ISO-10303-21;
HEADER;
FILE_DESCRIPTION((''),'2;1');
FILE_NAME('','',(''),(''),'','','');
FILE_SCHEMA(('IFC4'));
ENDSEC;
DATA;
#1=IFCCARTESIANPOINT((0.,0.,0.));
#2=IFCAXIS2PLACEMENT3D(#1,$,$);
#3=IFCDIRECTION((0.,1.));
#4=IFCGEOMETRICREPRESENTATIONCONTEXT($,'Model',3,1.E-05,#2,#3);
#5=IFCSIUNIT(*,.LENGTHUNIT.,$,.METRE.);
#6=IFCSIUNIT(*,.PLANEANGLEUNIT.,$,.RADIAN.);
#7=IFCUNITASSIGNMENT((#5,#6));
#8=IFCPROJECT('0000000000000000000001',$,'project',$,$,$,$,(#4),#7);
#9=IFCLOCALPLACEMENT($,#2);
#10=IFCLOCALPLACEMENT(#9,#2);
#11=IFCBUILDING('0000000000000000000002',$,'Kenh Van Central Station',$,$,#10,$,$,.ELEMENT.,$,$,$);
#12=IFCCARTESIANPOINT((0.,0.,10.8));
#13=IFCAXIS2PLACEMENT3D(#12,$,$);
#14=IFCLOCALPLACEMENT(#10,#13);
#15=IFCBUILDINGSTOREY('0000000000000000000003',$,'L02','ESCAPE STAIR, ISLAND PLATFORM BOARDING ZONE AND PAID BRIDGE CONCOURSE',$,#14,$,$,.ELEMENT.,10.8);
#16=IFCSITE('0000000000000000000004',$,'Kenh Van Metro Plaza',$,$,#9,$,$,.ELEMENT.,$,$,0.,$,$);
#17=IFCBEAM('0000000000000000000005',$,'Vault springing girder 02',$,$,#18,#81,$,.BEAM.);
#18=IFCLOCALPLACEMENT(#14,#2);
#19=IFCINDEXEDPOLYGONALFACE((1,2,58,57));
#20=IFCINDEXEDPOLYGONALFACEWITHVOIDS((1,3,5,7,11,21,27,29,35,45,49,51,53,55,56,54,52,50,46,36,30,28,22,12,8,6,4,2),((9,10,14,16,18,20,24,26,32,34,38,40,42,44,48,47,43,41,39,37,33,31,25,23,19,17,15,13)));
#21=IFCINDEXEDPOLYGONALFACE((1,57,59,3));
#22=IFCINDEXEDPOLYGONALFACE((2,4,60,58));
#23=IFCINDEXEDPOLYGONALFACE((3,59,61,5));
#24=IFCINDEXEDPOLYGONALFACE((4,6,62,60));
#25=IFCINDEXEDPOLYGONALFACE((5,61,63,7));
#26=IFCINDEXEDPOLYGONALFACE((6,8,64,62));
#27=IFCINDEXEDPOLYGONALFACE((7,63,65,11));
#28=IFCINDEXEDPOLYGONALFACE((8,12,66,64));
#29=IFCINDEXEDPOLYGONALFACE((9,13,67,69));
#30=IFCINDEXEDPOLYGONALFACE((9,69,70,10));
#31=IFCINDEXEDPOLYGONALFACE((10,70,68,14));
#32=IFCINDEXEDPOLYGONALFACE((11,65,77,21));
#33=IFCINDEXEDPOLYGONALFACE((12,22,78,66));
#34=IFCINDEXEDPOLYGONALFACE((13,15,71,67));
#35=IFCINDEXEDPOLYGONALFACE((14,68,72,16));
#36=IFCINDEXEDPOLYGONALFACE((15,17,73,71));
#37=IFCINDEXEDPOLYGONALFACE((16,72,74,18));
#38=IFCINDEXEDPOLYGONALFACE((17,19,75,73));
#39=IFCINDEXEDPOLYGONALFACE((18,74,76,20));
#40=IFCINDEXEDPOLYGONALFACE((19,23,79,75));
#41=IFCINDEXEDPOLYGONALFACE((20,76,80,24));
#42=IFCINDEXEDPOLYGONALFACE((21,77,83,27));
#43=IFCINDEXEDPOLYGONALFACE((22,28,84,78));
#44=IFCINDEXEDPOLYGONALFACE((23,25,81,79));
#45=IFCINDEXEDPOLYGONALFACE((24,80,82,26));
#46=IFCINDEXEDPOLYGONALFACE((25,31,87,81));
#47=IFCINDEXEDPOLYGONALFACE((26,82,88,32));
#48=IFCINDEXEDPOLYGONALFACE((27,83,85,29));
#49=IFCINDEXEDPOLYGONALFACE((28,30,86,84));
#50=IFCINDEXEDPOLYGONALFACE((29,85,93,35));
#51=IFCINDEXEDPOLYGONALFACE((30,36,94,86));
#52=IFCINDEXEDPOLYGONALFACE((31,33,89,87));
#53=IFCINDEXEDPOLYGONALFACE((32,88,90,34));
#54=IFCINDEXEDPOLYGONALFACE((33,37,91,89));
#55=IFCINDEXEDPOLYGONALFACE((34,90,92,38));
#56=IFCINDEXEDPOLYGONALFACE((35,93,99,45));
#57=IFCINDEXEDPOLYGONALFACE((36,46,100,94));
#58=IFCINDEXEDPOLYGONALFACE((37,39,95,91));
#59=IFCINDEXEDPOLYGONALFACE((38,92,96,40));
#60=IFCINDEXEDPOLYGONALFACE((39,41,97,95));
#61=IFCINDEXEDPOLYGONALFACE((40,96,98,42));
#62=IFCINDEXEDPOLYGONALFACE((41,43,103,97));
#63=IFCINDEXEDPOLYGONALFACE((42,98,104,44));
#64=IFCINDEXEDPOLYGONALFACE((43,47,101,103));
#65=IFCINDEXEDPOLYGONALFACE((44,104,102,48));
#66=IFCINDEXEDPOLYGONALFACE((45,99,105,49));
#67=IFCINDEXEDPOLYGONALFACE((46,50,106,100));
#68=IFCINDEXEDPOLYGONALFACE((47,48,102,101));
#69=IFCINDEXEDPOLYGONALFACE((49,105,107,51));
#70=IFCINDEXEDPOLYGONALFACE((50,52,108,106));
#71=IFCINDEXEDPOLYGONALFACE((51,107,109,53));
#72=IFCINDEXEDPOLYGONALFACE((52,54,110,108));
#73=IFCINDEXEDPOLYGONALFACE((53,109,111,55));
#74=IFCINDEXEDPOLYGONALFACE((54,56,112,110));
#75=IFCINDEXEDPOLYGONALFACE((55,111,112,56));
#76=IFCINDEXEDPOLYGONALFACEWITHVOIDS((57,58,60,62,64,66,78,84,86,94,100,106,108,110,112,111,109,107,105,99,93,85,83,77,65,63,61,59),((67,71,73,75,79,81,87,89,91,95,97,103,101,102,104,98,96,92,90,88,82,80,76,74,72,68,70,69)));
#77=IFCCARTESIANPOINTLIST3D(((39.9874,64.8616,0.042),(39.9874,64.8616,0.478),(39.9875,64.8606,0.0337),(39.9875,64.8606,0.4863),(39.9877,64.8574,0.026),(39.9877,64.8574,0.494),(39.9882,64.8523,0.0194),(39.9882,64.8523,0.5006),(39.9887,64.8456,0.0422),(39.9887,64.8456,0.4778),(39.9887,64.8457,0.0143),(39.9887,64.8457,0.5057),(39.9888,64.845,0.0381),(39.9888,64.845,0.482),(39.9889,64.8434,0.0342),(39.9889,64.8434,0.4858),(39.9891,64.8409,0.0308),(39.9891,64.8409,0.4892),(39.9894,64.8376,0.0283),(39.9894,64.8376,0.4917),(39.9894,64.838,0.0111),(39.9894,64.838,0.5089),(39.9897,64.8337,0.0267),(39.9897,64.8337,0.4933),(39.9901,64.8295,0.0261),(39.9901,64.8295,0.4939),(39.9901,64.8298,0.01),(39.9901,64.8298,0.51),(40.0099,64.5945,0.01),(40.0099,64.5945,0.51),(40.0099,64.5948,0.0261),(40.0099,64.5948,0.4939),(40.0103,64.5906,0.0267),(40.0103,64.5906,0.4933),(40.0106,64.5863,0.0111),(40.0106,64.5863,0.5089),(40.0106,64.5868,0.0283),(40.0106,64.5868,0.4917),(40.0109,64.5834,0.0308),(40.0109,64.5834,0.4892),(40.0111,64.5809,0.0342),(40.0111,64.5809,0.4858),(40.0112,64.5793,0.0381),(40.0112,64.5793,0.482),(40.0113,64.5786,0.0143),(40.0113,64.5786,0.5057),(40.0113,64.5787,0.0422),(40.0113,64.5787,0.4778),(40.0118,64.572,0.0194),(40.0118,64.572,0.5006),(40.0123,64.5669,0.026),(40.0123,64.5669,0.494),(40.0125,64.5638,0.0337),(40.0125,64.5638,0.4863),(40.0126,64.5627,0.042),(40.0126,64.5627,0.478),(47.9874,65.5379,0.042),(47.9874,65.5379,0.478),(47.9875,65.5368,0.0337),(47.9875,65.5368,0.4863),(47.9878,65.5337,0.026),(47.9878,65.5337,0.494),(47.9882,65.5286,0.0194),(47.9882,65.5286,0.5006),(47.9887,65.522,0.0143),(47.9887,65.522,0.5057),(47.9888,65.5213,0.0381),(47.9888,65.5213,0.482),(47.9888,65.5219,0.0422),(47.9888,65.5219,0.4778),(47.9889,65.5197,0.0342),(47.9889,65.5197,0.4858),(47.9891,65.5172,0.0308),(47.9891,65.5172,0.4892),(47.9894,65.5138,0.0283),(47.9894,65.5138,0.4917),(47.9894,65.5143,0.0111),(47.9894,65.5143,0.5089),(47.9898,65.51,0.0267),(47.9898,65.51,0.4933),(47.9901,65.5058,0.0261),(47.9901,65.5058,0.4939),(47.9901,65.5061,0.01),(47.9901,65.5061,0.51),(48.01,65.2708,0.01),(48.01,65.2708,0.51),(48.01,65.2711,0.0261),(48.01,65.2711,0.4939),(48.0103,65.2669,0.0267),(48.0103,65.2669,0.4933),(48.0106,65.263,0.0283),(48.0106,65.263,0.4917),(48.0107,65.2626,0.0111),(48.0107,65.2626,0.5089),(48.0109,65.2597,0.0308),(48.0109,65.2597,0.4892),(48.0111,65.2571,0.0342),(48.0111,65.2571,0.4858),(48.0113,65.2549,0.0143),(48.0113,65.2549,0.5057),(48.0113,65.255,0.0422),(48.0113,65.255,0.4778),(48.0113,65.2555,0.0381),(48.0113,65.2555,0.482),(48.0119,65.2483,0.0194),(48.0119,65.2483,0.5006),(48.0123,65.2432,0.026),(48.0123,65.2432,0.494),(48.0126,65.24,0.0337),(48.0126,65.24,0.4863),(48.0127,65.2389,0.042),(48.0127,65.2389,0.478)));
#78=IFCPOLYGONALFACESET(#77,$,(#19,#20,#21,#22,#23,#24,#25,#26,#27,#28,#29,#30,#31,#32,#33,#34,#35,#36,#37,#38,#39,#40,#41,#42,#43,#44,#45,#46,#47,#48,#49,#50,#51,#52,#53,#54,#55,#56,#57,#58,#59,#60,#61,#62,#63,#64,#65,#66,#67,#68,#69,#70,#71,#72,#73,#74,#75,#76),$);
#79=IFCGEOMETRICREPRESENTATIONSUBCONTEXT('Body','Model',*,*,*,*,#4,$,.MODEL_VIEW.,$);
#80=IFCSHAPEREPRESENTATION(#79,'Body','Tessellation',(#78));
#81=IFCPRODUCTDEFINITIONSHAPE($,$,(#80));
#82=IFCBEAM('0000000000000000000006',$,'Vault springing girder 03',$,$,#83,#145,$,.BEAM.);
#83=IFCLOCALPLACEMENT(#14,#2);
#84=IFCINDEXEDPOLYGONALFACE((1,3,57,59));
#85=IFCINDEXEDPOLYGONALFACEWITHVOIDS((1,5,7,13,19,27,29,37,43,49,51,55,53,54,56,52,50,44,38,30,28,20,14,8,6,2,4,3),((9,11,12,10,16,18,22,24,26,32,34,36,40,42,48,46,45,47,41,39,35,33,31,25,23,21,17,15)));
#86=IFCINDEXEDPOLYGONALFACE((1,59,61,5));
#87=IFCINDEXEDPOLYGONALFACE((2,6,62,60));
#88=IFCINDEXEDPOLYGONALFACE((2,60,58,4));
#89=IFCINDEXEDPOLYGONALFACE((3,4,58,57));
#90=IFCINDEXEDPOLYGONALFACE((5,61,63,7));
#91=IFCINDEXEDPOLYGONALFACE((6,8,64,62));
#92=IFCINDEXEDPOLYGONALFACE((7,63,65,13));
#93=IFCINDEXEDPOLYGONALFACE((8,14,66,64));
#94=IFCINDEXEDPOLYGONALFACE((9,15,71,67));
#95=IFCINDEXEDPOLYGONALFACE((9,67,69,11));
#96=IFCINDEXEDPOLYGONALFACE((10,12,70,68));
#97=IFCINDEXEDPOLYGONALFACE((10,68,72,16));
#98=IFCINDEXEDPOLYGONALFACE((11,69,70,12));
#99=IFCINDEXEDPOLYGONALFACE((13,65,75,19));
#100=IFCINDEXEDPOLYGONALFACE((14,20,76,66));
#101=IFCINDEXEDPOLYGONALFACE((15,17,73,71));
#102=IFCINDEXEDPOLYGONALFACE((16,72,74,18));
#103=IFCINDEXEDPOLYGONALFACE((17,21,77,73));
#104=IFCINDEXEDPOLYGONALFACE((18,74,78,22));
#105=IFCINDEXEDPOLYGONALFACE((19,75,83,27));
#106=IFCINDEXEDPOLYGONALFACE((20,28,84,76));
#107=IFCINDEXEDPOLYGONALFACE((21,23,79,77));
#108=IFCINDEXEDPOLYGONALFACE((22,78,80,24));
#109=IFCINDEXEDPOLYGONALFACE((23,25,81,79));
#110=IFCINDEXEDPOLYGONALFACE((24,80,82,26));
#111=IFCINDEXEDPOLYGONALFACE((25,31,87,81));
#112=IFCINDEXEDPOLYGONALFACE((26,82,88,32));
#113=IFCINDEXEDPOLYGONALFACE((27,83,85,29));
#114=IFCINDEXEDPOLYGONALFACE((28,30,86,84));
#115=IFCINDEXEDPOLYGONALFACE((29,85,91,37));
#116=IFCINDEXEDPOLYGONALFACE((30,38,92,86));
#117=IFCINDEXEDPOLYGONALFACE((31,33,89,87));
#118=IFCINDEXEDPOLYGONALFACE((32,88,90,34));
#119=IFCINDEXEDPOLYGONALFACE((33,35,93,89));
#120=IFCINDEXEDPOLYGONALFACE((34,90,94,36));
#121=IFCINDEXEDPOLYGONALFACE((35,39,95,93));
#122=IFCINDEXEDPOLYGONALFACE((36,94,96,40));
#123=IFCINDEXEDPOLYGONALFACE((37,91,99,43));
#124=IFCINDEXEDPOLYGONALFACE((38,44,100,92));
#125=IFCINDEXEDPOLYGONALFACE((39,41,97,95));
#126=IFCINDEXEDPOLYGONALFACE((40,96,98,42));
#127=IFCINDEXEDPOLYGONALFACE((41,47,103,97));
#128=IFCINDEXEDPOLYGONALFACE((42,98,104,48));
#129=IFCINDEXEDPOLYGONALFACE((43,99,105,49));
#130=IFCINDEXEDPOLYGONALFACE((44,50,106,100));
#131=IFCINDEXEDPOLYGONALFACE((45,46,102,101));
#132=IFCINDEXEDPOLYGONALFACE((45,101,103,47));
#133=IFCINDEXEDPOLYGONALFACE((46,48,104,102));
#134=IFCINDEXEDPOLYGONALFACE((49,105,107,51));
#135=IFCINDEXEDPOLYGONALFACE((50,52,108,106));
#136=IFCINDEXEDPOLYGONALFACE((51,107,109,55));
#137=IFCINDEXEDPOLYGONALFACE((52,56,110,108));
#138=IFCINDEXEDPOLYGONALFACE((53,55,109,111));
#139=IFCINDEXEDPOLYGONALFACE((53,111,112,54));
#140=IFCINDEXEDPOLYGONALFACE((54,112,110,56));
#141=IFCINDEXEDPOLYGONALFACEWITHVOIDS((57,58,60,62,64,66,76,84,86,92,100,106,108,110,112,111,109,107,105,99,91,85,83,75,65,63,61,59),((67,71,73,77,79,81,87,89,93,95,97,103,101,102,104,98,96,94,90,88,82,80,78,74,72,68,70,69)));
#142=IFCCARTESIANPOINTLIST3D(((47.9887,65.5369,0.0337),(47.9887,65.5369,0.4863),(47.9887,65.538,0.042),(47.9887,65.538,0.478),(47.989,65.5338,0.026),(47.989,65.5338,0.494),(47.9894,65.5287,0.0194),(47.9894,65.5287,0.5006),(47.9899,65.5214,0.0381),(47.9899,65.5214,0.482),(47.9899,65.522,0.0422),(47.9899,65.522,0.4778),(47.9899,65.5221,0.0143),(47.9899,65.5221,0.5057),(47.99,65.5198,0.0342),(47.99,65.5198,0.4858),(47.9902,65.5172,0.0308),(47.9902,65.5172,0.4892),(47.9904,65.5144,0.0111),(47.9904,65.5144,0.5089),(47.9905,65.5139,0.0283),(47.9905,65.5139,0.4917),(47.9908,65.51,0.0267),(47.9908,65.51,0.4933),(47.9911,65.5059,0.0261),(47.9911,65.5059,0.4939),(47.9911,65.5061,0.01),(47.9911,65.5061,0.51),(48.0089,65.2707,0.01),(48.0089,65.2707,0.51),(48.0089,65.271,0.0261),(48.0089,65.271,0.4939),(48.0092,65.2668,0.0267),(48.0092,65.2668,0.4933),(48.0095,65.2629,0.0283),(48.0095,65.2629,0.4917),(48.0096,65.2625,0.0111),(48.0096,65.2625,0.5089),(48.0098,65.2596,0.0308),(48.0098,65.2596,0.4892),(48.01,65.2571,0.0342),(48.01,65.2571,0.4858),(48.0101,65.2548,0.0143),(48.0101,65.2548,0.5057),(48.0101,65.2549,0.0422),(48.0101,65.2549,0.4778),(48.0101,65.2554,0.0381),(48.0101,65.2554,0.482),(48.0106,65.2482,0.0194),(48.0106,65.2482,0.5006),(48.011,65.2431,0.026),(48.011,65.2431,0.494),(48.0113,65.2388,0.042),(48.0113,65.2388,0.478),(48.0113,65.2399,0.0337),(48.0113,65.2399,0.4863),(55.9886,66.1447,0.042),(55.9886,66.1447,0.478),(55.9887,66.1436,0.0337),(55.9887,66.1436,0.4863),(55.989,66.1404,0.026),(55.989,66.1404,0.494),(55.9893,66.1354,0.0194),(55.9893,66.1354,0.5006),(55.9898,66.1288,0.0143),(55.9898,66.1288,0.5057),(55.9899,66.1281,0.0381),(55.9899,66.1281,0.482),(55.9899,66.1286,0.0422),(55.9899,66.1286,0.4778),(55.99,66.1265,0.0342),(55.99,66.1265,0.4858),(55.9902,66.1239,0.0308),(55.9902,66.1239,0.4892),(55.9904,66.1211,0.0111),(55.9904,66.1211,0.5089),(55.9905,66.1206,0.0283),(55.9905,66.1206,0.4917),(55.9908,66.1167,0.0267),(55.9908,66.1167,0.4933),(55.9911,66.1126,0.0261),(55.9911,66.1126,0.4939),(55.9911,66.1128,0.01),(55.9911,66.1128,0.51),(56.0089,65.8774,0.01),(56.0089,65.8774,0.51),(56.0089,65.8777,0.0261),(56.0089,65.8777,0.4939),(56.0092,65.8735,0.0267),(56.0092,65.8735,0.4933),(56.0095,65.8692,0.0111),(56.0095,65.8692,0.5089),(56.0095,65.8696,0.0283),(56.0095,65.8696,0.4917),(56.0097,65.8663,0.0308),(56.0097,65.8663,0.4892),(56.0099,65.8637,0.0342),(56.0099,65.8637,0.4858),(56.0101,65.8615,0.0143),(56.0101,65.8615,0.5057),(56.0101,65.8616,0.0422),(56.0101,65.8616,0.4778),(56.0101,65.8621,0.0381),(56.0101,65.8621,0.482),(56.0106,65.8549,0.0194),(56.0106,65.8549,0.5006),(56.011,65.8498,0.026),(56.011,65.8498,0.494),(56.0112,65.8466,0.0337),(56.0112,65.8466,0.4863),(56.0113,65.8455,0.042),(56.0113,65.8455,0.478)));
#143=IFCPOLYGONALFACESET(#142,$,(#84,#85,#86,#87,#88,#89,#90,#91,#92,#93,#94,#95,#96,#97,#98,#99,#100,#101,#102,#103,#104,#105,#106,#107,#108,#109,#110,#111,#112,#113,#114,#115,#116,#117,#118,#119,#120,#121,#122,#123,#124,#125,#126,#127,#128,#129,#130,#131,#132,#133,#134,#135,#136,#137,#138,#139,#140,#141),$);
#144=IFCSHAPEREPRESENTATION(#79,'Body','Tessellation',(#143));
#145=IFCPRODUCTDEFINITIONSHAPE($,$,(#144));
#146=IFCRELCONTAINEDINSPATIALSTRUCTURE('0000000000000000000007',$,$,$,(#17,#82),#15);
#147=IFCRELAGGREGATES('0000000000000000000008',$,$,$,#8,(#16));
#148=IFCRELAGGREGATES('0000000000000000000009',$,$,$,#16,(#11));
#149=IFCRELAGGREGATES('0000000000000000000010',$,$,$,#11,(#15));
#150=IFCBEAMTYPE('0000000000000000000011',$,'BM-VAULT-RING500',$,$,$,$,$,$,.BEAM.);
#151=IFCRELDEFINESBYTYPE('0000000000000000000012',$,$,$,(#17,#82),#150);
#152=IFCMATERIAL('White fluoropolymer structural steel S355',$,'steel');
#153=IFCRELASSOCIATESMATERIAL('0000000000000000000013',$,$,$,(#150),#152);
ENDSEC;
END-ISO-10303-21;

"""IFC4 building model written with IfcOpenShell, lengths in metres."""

from ifc_helpers import new_model, si_unit, direction, frame, origin, origin_2d, place, context, subcontext, project, spatial, hollow_rectangle, extrude, material, material_profile, profile_set, type_object, element, save


model = new_model("IFC4")

# Units and contexts
model_context = context("Model", 3, precision=1e-05, world=origin(), true_north=direction((0.0, 1.0)))
body_context = subcontext(model_context, "Body", "Model", "MODEL_VIEW")
ifc_project = project(units=[si_unit("LENGTHUNIT", "METRE"), si_unit("PLANEANGLEUNIT", "RADIAN")], contexts=[model_context])

# Site, building, storey
site_placement = place(None, origin())
site = spatial("IfcSite", under=ifc_project, at=site_placement, Name="Kenh Van Metro Plaza", CompositionType="ELEMENT", RefElevation=0.0)
building_placement = place(site_placement, origin())
building = spatial("IfcBuilding", under=site, at=building_placement, Name="Kenh Van Central Station", CompositionType="ELEMENT")
storey_placement = place(building_placement, frame((0.0, 0.0, 10.8)))
storey = spatial("IfcBuildingStorey", under=building, at=storey_placement, Name="L02", Description="ESCAPE STAIR, ISLAND PLATFORM BOARDING ZONE AND PAID BRIDGE CONCOURSE", CompositionType="ELEMENT", Elevation=10.8)

# Beams
ifc_material_1 = material(Name="White fluoropolymer structural steel S355", Category="steel")
ifc_material_profile_1 = material_profile(ifc_material_1, hollow_rectangle(XDim=0.3, YDim=0.5, WallThickness=0.0161, InnerFilletRadius=0.0161, OuterFilletRadius=0.032, at=origin_2d()), Name="RHS 500x300x16")
ifc_profile_set_1 = profile_set([ifc_material_profile_1], Name="White fluoropolymer structural steel S355")
beam_type_1 = type_object("IfcBeamType", Name="BM-VAULT-RING500", PredefinedType="BEAM", material=ifc_profile_set_1)
beam_1_placement = place(storey_placement, frame((40.0, 64.7122, 0.26), z_axis=(0.996446, 0.084233, 0.0), x_axis=(-0.084233, 0.996446, 0.0)))
element("IfcBeam", 1, at=beam_1_placement, inside=storey, type_object=beam_type_1, Name="Vault springing girder 02", PredefinedType="BEAM", context=body_context, shape_type="SweptSolid", body=[
    extrude(hollow_rectangle(XDim=0.3, YDim=0.5, WallThickness=0.0161, InnerFilletRadius=0.0161, OuterFilletRadius=0.032, at=origin_2d()), origin(), (0.0, 0.0, 1.0), 8.0286),
])
beam_2_placement = place(storey_placement, frame((48.0, 65.3884, 0.26), z_axis=(0.997137, 0.075619, 0.0), x_axis=(-0.075619, 0.997137, 0.0)))
element("IfcBeam", 2, at=beam_2_placement, inside=storey, type_object=beam_type_1, Name="Vault springing girder 03", PredefinedType="BEAM", context=body_context, shape_type="SweptSolid", body=[
    extrude(hollow_rectangle(XDim=0.3, YDim=0.5, WallThickness=0.0161, InnerFilletRadius=0.0161, OuterFilletRadius=0.032, at=origin_2d()), origin(), (0.0, 0.0, 1.0), 8.0229),
])

save(model, "model.ifc")
